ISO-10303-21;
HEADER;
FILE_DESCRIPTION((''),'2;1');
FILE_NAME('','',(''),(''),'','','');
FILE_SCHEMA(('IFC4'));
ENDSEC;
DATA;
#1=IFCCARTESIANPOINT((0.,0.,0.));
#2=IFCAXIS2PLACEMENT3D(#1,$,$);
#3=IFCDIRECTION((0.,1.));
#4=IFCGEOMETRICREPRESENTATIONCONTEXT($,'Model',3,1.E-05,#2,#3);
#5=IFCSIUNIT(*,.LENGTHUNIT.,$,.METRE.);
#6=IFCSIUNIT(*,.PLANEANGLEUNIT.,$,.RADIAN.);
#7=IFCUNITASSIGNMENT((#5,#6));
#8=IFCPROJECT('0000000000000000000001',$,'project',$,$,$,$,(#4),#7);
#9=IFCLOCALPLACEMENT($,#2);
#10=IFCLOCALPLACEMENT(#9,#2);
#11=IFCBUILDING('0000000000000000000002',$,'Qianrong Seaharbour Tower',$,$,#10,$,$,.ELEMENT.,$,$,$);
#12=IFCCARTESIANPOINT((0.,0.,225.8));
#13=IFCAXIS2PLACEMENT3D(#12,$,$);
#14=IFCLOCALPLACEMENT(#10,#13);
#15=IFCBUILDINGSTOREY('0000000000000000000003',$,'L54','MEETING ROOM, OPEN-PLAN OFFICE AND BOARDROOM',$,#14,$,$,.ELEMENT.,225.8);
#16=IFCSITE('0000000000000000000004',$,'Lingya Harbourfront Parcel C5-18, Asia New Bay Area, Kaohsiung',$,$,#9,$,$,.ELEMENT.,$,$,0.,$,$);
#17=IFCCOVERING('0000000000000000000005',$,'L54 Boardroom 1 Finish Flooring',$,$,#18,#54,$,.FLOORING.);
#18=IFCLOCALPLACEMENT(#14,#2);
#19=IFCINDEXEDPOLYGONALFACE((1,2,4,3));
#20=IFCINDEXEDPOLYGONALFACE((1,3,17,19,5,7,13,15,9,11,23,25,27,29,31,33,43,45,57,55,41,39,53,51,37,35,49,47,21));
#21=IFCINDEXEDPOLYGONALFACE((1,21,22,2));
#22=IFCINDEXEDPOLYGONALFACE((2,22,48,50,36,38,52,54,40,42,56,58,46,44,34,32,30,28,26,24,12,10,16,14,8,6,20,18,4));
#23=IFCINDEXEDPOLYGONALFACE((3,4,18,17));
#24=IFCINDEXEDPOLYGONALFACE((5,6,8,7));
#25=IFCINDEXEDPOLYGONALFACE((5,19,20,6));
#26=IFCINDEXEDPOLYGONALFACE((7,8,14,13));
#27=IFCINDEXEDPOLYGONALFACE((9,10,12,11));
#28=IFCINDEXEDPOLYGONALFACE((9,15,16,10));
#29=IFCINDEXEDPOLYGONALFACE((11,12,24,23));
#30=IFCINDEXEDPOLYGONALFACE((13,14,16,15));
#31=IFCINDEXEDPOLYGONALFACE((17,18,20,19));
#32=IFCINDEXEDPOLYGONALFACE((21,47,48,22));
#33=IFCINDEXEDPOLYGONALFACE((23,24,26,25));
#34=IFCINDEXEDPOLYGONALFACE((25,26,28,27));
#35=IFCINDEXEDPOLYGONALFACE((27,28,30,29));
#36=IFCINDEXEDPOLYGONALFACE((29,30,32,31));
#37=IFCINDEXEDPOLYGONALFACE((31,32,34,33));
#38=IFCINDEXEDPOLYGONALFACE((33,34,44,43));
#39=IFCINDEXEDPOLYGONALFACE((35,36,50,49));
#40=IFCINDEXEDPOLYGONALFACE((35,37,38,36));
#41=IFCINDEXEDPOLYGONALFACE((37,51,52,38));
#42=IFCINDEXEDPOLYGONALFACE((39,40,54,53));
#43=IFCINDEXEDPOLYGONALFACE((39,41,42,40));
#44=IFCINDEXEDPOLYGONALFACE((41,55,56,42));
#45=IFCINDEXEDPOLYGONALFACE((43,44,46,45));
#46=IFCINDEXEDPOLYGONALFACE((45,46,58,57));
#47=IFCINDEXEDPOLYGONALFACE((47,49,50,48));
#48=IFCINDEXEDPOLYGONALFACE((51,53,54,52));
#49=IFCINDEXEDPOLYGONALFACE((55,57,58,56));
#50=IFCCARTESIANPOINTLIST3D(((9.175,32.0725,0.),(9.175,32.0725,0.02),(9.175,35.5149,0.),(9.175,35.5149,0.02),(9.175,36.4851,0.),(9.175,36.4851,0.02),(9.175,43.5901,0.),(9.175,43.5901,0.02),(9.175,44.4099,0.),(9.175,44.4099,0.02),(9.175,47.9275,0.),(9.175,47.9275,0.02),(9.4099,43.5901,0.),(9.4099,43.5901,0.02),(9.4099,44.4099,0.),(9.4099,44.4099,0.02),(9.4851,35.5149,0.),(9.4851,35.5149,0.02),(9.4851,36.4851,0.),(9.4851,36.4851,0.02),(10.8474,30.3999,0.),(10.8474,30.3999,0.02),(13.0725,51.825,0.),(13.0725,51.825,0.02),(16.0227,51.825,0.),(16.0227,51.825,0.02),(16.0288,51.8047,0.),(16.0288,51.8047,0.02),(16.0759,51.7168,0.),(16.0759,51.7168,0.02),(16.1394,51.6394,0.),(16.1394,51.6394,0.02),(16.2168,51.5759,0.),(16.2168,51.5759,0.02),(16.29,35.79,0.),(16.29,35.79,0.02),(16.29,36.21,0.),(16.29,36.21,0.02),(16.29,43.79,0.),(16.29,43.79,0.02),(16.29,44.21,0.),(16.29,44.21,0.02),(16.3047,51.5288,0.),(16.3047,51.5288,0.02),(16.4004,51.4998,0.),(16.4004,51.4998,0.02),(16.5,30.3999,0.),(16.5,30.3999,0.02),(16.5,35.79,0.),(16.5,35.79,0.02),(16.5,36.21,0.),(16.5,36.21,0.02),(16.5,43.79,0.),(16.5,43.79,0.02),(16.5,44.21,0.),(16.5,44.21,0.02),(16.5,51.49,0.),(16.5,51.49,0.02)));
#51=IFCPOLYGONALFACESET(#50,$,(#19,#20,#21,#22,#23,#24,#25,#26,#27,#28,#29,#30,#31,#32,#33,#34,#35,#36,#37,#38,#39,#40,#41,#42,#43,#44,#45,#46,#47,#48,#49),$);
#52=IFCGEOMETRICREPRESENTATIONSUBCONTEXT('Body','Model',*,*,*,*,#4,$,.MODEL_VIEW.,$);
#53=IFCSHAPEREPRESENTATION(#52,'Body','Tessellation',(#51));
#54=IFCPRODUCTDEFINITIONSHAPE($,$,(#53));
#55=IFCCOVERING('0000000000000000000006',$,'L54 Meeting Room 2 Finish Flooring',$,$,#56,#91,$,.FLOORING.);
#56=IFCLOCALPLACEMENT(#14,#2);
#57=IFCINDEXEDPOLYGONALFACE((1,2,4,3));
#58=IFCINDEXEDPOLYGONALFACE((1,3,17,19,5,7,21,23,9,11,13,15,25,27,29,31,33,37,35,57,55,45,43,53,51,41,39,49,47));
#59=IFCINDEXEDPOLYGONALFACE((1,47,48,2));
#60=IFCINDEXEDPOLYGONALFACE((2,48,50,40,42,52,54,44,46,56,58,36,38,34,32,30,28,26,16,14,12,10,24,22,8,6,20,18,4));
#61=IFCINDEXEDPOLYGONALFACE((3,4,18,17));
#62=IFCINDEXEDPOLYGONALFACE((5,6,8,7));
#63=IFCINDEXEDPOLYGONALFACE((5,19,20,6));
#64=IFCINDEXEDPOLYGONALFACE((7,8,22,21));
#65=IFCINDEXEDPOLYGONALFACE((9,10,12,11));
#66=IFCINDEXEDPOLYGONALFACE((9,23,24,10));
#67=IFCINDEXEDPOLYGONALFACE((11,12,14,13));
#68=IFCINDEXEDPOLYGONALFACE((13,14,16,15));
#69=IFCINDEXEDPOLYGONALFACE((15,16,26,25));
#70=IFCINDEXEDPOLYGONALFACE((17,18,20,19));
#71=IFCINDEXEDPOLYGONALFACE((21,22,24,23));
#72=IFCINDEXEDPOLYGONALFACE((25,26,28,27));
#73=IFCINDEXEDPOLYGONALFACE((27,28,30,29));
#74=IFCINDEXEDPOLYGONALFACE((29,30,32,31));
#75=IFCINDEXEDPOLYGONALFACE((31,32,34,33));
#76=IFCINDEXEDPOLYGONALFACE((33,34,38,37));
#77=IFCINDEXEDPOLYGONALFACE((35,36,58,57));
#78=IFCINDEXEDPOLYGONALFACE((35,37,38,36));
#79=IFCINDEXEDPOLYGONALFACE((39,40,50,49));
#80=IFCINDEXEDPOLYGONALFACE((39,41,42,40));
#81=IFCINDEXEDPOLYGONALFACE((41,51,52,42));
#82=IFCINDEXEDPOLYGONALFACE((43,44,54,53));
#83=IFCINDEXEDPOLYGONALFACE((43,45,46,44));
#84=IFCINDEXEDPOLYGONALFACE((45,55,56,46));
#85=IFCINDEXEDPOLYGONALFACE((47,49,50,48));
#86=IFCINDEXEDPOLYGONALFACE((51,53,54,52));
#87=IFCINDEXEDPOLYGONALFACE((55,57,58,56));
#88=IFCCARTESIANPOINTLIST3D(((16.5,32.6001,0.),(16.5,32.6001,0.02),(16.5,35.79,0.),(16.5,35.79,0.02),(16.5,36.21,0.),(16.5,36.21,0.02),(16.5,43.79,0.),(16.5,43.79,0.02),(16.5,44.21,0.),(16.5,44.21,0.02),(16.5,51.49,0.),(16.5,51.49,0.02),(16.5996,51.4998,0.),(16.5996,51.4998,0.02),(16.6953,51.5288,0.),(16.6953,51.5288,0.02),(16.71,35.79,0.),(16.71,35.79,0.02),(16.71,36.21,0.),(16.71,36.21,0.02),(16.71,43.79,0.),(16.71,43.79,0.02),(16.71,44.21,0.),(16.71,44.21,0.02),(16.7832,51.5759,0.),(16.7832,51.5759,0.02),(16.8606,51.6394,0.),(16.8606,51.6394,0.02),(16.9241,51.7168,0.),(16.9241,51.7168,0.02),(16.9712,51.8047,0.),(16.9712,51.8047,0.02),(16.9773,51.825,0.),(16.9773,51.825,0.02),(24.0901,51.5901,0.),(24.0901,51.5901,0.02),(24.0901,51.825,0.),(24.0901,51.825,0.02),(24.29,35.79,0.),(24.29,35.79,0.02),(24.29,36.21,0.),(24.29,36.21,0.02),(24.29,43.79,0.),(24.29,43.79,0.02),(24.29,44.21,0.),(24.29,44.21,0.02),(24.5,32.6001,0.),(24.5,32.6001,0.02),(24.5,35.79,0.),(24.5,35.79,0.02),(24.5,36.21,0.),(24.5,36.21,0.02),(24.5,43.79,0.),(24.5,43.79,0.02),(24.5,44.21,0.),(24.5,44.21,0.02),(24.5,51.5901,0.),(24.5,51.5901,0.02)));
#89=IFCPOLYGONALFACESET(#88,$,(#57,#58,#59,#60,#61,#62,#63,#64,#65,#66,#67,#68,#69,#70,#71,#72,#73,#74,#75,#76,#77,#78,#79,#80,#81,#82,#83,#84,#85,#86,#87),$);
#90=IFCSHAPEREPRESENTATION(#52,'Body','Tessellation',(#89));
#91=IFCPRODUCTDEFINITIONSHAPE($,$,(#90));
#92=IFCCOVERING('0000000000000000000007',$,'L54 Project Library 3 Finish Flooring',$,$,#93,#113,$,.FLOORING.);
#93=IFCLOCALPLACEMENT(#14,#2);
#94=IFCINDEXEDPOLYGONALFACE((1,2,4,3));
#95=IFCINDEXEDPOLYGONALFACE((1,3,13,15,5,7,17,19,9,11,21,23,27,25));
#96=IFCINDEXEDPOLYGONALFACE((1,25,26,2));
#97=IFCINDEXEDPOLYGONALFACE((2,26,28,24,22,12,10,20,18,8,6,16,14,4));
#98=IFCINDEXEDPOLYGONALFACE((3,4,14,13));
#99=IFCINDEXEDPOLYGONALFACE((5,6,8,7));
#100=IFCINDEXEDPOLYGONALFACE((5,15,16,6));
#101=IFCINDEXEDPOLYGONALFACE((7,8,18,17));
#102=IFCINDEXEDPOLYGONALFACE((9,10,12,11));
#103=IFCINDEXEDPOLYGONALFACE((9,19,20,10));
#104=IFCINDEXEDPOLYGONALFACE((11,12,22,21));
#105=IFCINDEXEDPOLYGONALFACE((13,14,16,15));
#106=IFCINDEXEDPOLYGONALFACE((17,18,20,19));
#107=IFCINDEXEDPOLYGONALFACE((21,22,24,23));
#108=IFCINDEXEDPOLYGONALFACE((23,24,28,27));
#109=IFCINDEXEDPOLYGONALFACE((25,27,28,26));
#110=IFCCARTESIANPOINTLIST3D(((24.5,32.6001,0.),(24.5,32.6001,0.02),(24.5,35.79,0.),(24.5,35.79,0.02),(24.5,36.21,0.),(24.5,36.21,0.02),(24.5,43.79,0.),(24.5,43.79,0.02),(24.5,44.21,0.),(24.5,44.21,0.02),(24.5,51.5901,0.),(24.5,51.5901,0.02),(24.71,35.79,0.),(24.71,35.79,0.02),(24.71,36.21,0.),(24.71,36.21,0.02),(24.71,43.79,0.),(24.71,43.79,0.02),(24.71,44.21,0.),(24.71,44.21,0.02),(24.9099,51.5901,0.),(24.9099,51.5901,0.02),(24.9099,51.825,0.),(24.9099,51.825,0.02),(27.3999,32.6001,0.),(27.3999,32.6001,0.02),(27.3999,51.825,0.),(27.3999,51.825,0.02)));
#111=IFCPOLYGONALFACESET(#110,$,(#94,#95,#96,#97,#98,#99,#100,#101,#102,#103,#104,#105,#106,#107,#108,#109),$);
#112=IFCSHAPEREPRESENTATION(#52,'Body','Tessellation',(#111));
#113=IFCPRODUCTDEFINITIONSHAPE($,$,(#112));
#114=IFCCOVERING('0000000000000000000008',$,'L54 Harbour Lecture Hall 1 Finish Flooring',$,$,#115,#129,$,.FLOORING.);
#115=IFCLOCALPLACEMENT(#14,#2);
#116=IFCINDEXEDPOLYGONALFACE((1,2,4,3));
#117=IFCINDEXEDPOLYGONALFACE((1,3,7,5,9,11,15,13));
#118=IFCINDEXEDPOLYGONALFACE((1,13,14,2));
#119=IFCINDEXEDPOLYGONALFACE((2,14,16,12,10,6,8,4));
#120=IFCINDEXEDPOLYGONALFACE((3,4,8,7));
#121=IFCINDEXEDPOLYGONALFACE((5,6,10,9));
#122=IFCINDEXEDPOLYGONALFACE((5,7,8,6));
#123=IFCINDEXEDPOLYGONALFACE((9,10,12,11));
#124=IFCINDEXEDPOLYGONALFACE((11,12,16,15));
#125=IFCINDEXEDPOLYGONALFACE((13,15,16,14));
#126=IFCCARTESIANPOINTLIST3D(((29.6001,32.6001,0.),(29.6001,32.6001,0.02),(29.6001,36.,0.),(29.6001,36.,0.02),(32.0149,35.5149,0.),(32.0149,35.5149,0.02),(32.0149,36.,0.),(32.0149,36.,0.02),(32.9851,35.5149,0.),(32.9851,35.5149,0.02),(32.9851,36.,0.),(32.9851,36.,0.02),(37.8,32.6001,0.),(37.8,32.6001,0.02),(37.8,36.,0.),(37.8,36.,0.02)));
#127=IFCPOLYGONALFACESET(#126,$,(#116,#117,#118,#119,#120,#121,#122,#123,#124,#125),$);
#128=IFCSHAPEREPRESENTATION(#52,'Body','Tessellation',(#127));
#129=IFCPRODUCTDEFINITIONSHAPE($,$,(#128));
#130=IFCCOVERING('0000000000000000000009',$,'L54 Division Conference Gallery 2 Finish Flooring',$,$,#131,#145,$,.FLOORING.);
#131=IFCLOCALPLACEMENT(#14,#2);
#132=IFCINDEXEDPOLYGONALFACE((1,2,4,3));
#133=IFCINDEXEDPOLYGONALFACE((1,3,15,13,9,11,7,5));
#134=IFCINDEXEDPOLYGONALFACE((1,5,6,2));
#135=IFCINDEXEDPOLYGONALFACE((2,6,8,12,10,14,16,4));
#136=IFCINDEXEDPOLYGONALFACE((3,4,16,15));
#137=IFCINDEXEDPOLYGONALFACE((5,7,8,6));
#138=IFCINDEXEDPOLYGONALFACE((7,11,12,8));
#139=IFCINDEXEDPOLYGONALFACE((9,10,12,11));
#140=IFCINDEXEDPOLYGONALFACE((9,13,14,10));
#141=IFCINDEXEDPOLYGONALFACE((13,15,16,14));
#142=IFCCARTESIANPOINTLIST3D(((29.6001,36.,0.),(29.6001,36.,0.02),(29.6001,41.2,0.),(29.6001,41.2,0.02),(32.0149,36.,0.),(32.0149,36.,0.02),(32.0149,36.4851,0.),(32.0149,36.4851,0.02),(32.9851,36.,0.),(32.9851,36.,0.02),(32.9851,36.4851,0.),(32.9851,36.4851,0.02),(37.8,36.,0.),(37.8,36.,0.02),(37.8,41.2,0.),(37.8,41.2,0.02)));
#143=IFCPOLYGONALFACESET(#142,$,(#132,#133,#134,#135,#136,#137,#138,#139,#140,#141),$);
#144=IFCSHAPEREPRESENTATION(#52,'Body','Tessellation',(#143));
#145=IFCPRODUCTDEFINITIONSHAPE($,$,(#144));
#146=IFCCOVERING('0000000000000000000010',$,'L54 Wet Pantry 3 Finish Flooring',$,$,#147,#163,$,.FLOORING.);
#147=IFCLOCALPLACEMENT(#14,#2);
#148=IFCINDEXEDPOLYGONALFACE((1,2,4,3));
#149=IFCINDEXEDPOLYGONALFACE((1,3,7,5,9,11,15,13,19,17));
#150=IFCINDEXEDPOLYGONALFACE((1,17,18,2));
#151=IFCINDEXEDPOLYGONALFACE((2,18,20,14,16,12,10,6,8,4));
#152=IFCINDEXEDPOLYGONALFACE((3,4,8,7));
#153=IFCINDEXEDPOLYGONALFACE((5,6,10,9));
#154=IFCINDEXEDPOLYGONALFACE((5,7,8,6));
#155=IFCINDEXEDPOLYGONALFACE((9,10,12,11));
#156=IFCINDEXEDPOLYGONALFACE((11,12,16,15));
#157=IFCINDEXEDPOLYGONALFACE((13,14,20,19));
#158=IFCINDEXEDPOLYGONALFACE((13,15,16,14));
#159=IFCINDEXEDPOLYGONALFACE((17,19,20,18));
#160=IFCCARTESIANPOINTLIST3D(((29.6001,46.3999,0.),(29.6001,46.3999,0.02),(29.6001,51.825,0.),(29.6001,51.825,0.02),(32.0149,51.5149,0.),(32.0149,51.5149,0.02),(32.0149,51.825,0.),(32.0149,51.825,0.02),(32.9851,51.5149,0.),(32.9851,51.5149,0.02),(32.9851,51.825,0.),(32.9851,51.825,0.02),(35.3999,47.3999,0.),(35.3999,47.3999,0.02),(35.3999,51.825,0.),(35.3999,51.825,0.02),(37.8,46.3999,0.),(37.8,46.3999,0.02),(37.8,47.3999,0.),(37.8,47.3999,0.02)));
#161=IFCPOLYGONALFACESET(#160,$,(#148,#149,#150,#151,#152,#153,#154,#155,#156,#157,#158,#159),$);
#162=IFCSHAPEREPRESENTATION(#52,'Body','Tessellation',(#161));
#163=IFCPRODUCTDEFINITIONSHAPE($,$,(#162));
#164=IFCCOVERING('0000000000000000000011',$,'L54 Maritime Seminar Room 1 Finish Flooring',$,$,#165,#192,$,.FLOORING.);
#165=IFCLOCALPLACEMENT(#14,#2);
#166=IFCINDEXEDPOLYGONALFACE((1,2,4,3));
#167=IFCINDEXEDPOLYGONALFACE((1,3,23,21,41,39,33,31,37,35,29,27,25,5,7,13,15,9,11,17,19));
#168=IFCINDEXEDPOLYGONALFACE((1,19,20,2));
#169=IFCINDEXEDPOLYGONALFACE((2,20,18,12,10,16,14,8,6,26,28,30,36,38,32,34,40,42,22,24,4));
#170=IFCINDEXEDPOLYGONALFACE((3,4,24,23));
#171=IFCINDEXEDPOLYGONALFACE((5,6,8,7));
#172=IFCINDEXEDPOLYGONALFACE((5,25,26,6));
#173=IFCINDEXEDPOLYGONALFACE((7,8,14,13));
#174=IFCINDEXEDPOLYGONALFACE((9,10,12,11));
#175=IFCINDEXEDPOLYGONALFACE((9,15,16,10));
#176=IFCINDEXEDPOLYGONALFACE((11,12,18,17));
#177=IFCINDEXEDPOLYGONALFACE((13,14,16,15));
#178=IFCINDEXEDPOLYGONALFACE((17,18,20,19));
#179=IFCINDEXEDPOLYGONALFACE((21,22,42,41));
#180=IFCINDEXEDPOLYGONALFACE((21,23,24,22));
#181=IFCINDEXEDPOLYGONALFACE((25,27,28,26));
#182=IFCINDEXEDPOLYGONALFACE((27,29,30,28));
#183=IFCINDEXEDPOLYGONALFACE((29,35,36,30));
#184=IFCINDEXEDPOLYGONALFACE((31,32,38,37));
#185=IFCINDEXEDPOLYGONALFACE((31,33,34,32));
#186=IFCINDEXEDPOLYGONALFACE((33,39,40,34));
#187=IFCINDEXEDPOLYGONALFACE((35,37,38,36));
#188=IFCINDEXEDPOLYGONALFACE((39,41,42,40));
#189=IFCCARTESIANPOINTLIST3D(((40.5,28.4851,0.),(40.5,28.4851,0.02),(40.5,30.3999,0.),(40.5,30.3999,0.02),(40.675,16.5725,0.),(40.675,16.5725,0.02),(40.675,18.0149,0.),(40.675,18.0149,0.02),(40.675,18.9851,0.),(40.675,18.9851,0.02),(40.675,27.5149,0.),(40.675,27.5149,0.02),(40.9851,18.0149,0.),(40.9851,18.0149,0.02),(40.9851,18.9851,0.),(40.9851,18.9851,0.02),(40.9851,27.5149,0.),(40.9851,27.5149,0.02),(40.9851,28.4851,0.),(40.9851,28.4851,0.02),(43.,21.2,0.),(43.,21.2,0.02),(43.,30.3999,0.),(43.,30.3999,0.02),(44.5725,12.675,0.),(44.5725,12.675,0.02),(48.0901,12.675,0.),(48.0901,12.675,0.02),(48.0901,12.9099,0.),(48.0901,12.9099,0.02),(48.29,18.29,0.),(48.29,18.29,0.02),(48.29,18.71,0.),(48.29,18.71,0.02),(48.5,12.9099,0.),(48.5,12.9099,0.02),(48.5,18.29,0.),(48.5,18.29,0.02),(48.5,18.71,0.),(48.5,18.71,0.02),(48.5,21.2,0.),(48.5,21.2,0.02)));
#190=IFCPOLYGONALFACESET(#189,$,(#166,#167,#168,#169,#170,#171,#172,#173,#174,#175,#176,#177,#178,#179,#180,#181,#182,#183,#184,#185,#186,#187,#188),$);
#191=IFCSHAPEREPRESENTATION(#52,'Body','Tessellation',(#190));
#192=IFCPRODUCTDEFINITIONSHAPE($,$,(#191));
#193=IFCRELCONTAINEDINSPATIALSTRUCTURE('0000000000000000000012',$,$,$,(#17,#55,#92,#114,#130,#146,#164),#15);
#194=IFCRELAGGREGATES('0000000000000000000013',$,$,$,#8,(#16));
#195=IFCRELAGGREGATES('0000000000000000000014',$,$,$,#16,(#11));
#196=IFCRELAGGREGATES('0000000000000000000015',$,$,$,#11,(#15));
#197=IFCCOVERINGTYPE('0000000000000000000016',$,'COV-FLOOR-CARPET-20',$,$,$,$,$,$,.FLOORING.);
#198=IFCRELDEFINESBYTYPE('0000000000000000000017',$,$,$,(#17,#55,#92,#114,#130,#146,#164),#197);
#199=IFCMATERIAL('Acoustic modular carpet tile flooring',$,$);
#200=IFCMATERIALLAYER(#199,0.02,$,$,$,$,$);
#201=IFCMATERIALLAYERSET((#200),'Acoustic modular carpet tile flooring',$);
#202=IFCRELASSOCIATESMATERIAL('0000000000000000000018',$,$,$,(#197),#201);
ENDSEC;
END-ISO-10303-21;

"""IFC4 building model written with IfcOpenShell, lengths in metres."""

from ifc_helpers import new_model, si_unit, direction, frame, origin, place, context, subcontext, project, spatial, polyline, outline, extrude, material, layer, layer_set, type_object, element, save


model = new_model("IFC4")

# Units and contexts
model_context = context("Model", 3, precision=1e-05, world=origin(), true_north=direction((0.0, 1.0)))
body_context = subcontext(model_context, "Body", "Model", "MODEL_VIEW")
ifc_project = project(units=[si_unit("LENGTHUNIT", "METRE"), si_unit("PLANEANGLEUNIT", "RADIAN")], contexts=[model_context])

# Site, building, storey
site_placement = place(None, origin())
site = spatial("IfcSite", under=ifc_project, at=site_placement, Name="Lingya Harbourfront Parcel C5-18, Asia New Bay Area, Kaohsiung", CompositionType="ELEMENT", RefElevation=0.0)
building_placement = place(site_placement, origin())
building = spatial("IfcBuilding", under=site, at=building_placement, Name="Qianrong Seaharbour Tower", CompositionType="ELEMENT")
storey_placement = place(building_placement, frame((0.0, 0.0, 225.8)))
storey = spatial("IfcBuildingStorey", under=building, at=storey_placement, Name="L54", Description="MEETING ROOM, OPEN-PLAN OFFICE AND BOARDROOM", CompositionType="ELEMENT", Elevation=225.8)

# Coverings
ifc_material_1 = material(Name="Acoustic modular carpet tile flooring")
ifc_layer_1 = layer(ifc_material_1, 0.02)
ifc_layer_set_1 = layer_set([ifc_layer_1], Name="Acoustic modular carpet tile flooring")
covering_type_1 = type_object("IfcCoveringType", Name="COV-FLOOR-CARPET-20", PredefinedType="FLOORING", material=ifc_layer_set_1)
covering_1_placement = place(storey_placement, origin())
element("IfcCovering", 1, at=covering_1_placement, inside=storey, type_object=covering_type_1, Name="L54 Boardroom 1 Finish Flooring", PredefinedType="FLOORING", context=body_context, shape_type="SweptSolid", body=[
    extrude(outline(polyline([(9.175, 32.0725), (9.175, 35.5149), (9.4851, 35.5149), (9.4851, 36.4851), (9.175, 36.4851), (9.175, 43.5901), (9.4099, 43.5901), (9.4099, 44.4099), (9.175, 44.4099), (9.175, 47.9275), (13.0725, 51.825), (16.0227, 51.825), (16.0288, 51.8047), (16.0759, 51.7168), (16.1394, 51.6394), (16.2168, 51.5759), (16.3047, 51.5288), (16.4004, 51.4998), (16.5, 51.49), (16.5, 44.21), (16.29, 44.21), (16.29, 43.79), (16.5, 43.79), (16.5, 36.21), (16.29, 36.21), (16.29, 35.79), (16.5, 35.79), (16.5, 30.3999), (10.8474, 30.3999), (9.175, 32.0725)])), origin(), (0.0, 0.0, 1.0), 0.02),
])
covering_2_placement = place(storey_placement, origin())
element("IfcCovering", 2, at=covering_2_placement, inside=storey, type_object=covering_type_1, Name="L54 Meeting Room 2 Finish Flooring", PredefinedType="FLOORING", context=body_context, shape_type="SweptSolid", body=[
    extrude(outline(polyline([(24.0901, 51.825), (24.0901, 51.5901), (24.5, 51.5901), (24.5, 44.21), (24.29, 44.21), (24.29, 43.79), (24.5, 43.79), (24.5, 36.21), (24.29, 36.21), (24.29, 35.79), (24.5, 35.79), (24.5, 32.6001), (16.5, 32.6001), (16.5, 35.79), (16.71, 35.79), (16.71, 36.21), (16.5, 36.21), (16.5, 43.79), (16.71, 43.79), (16.71, 44.21), (16.5, 44.21), (16.5, 51.49), (16.5996, 51.4998), (16.6953, 51.5288), (16.7832, 51.5759), (16.8606, 51.6394), (16.9241, 51.7168), (16.9712, 51.8047), (16.9773, 51.825), (24.0901, 51.825)])), origin(), (0.0, 0.0, 1.0), 0.02),
])
covering_3_placement = place(storey_placement, origin())
element("IfcCovering", 3, at=covering_3_placement, inside=storey, type_object=covering_type_1, Name="L54 Project Library 3 Finish Flooring", PredefinedType="FLOORING", context=body_context, shape_type="SweptSolid", body=[
    extrude(outline(polyline([(27.3999, 51.825), (27.3999, 32.6001), (24.5, 32.6001), (24.5, 35.79), (24.71, 35.79), (24.71, 36.21), (24.5, 36.21), (24.5, 43.79), (24.71, 43.79), (24.71, 44.21), (24.5, 44.21), (24.5, 51.5901), (24.9099, 51.5901), (24.9099, 51.825), (27.3999, 51.825)])), origin(), (0.0, 0.0, 1.0), 0.02),
])
covering_4_placement = place(storey_placement, origin())
element("IfcCovering", 4, at=covering_4_placement, inside=storey, type_object=covering_type_1, Name="L54 Harbour Lecture Hall 1 Finish Flooring", PredefinedType="FLOORING", context=body_context, shape_type="SweptSolid", body=[
    extrude(outline(polyline([(32.0149, 36.0), (32.0149, 35.5149), (32.9851, 35.5149), (32.9851, 36.0), (37.8, 36.0), (37.8, 32.6001), (29.6001, 32.6001), (29.6001, 36.0), (32.0149, 36.0)])), origin(), (0.0, 0.0, 1.0), 0.02),
])
covering_5_placement = place(storey_placement, origin())
element("IfcCovering", 5, at=covering_5_placement, inside=storey, type_object=covering_type_1, Name="L54 Division Conference Gallery 2 Finish Flooring", PredefinedType="FLOORING", context=body_context, shape_type="SweptSolid", body=[
    extrude(outline(polyline([(37.8, 41.2), (37.8, 36.0), (32.9851, 36.0), (32.9851, 36.4851), (32.0149, 36.4851), (32.0149, 36.0), (29.6001, 36.0), (29.6001, 41.2), (37.8, 41.2)])), origin(), (0.0, 0.0, 1.0), 0.02),
])
covering_6_placement = place(storey_placement, origin())
element("IfcCovering", 6, at=covering_6_placement, inside=storey, type_object=covering_type_1, Name="L54 Wet Pantry 3 Finish Flooring", PredefinedType="FLOORING", context=body_context, shape_type="SweptSolid", body=[
    extrude(outline(polyline([(32.0149, 51.825), (32.0149, 51.5149), (32.9851, 51.5149), (32.9851, 51.825), (35.3999, 51.825), (35.3999, 47.3999), (37.8, 47.3999), (37.8, 46.3999), (29.6001, 46.3999), (29.6001, 51.825), (32.0149, 51.825)])), origin(), (0.0, 0.0, 1.0), 0.02),
])
covering_7_placement = place(storey_placement, origin())
element("IfcCovering", 7, at=covering_7_placement, inside=storey, type_object=covering_type_1, Name="L54 Maritime Seminar Room 1 Finish Flooring", PredefinedType="FLOORING", context=body_context, shape_type="SweptSolid", body=[
    extrude(outline(polyline([(43.0, 21.2), (48.5, 21.2), (48.5, 18.71), (48.29, 18.71), (48.29, 18.29), (48.5, 18.29), (48.5, 12.9099), (48.0901, 12.9099), (48.0901, 12.675), (44.5725, 12.675), (40.675, 16.5725), (40.675, 18.0149), (40.9851, 18.0149), (40.9851, 18.9851), (40.675, 18.9851), (40.675, 27.5149), (40.9851, 27.5149), (40.9851, 28.4851), (40.5, 28.4851), (40.5, 30.3999), (43.0, 30.3999), (43.0, 21.2)])), origin(), (0.0, 0.0, 1.0), 0.02),
])

save(model, "model.ifc")
